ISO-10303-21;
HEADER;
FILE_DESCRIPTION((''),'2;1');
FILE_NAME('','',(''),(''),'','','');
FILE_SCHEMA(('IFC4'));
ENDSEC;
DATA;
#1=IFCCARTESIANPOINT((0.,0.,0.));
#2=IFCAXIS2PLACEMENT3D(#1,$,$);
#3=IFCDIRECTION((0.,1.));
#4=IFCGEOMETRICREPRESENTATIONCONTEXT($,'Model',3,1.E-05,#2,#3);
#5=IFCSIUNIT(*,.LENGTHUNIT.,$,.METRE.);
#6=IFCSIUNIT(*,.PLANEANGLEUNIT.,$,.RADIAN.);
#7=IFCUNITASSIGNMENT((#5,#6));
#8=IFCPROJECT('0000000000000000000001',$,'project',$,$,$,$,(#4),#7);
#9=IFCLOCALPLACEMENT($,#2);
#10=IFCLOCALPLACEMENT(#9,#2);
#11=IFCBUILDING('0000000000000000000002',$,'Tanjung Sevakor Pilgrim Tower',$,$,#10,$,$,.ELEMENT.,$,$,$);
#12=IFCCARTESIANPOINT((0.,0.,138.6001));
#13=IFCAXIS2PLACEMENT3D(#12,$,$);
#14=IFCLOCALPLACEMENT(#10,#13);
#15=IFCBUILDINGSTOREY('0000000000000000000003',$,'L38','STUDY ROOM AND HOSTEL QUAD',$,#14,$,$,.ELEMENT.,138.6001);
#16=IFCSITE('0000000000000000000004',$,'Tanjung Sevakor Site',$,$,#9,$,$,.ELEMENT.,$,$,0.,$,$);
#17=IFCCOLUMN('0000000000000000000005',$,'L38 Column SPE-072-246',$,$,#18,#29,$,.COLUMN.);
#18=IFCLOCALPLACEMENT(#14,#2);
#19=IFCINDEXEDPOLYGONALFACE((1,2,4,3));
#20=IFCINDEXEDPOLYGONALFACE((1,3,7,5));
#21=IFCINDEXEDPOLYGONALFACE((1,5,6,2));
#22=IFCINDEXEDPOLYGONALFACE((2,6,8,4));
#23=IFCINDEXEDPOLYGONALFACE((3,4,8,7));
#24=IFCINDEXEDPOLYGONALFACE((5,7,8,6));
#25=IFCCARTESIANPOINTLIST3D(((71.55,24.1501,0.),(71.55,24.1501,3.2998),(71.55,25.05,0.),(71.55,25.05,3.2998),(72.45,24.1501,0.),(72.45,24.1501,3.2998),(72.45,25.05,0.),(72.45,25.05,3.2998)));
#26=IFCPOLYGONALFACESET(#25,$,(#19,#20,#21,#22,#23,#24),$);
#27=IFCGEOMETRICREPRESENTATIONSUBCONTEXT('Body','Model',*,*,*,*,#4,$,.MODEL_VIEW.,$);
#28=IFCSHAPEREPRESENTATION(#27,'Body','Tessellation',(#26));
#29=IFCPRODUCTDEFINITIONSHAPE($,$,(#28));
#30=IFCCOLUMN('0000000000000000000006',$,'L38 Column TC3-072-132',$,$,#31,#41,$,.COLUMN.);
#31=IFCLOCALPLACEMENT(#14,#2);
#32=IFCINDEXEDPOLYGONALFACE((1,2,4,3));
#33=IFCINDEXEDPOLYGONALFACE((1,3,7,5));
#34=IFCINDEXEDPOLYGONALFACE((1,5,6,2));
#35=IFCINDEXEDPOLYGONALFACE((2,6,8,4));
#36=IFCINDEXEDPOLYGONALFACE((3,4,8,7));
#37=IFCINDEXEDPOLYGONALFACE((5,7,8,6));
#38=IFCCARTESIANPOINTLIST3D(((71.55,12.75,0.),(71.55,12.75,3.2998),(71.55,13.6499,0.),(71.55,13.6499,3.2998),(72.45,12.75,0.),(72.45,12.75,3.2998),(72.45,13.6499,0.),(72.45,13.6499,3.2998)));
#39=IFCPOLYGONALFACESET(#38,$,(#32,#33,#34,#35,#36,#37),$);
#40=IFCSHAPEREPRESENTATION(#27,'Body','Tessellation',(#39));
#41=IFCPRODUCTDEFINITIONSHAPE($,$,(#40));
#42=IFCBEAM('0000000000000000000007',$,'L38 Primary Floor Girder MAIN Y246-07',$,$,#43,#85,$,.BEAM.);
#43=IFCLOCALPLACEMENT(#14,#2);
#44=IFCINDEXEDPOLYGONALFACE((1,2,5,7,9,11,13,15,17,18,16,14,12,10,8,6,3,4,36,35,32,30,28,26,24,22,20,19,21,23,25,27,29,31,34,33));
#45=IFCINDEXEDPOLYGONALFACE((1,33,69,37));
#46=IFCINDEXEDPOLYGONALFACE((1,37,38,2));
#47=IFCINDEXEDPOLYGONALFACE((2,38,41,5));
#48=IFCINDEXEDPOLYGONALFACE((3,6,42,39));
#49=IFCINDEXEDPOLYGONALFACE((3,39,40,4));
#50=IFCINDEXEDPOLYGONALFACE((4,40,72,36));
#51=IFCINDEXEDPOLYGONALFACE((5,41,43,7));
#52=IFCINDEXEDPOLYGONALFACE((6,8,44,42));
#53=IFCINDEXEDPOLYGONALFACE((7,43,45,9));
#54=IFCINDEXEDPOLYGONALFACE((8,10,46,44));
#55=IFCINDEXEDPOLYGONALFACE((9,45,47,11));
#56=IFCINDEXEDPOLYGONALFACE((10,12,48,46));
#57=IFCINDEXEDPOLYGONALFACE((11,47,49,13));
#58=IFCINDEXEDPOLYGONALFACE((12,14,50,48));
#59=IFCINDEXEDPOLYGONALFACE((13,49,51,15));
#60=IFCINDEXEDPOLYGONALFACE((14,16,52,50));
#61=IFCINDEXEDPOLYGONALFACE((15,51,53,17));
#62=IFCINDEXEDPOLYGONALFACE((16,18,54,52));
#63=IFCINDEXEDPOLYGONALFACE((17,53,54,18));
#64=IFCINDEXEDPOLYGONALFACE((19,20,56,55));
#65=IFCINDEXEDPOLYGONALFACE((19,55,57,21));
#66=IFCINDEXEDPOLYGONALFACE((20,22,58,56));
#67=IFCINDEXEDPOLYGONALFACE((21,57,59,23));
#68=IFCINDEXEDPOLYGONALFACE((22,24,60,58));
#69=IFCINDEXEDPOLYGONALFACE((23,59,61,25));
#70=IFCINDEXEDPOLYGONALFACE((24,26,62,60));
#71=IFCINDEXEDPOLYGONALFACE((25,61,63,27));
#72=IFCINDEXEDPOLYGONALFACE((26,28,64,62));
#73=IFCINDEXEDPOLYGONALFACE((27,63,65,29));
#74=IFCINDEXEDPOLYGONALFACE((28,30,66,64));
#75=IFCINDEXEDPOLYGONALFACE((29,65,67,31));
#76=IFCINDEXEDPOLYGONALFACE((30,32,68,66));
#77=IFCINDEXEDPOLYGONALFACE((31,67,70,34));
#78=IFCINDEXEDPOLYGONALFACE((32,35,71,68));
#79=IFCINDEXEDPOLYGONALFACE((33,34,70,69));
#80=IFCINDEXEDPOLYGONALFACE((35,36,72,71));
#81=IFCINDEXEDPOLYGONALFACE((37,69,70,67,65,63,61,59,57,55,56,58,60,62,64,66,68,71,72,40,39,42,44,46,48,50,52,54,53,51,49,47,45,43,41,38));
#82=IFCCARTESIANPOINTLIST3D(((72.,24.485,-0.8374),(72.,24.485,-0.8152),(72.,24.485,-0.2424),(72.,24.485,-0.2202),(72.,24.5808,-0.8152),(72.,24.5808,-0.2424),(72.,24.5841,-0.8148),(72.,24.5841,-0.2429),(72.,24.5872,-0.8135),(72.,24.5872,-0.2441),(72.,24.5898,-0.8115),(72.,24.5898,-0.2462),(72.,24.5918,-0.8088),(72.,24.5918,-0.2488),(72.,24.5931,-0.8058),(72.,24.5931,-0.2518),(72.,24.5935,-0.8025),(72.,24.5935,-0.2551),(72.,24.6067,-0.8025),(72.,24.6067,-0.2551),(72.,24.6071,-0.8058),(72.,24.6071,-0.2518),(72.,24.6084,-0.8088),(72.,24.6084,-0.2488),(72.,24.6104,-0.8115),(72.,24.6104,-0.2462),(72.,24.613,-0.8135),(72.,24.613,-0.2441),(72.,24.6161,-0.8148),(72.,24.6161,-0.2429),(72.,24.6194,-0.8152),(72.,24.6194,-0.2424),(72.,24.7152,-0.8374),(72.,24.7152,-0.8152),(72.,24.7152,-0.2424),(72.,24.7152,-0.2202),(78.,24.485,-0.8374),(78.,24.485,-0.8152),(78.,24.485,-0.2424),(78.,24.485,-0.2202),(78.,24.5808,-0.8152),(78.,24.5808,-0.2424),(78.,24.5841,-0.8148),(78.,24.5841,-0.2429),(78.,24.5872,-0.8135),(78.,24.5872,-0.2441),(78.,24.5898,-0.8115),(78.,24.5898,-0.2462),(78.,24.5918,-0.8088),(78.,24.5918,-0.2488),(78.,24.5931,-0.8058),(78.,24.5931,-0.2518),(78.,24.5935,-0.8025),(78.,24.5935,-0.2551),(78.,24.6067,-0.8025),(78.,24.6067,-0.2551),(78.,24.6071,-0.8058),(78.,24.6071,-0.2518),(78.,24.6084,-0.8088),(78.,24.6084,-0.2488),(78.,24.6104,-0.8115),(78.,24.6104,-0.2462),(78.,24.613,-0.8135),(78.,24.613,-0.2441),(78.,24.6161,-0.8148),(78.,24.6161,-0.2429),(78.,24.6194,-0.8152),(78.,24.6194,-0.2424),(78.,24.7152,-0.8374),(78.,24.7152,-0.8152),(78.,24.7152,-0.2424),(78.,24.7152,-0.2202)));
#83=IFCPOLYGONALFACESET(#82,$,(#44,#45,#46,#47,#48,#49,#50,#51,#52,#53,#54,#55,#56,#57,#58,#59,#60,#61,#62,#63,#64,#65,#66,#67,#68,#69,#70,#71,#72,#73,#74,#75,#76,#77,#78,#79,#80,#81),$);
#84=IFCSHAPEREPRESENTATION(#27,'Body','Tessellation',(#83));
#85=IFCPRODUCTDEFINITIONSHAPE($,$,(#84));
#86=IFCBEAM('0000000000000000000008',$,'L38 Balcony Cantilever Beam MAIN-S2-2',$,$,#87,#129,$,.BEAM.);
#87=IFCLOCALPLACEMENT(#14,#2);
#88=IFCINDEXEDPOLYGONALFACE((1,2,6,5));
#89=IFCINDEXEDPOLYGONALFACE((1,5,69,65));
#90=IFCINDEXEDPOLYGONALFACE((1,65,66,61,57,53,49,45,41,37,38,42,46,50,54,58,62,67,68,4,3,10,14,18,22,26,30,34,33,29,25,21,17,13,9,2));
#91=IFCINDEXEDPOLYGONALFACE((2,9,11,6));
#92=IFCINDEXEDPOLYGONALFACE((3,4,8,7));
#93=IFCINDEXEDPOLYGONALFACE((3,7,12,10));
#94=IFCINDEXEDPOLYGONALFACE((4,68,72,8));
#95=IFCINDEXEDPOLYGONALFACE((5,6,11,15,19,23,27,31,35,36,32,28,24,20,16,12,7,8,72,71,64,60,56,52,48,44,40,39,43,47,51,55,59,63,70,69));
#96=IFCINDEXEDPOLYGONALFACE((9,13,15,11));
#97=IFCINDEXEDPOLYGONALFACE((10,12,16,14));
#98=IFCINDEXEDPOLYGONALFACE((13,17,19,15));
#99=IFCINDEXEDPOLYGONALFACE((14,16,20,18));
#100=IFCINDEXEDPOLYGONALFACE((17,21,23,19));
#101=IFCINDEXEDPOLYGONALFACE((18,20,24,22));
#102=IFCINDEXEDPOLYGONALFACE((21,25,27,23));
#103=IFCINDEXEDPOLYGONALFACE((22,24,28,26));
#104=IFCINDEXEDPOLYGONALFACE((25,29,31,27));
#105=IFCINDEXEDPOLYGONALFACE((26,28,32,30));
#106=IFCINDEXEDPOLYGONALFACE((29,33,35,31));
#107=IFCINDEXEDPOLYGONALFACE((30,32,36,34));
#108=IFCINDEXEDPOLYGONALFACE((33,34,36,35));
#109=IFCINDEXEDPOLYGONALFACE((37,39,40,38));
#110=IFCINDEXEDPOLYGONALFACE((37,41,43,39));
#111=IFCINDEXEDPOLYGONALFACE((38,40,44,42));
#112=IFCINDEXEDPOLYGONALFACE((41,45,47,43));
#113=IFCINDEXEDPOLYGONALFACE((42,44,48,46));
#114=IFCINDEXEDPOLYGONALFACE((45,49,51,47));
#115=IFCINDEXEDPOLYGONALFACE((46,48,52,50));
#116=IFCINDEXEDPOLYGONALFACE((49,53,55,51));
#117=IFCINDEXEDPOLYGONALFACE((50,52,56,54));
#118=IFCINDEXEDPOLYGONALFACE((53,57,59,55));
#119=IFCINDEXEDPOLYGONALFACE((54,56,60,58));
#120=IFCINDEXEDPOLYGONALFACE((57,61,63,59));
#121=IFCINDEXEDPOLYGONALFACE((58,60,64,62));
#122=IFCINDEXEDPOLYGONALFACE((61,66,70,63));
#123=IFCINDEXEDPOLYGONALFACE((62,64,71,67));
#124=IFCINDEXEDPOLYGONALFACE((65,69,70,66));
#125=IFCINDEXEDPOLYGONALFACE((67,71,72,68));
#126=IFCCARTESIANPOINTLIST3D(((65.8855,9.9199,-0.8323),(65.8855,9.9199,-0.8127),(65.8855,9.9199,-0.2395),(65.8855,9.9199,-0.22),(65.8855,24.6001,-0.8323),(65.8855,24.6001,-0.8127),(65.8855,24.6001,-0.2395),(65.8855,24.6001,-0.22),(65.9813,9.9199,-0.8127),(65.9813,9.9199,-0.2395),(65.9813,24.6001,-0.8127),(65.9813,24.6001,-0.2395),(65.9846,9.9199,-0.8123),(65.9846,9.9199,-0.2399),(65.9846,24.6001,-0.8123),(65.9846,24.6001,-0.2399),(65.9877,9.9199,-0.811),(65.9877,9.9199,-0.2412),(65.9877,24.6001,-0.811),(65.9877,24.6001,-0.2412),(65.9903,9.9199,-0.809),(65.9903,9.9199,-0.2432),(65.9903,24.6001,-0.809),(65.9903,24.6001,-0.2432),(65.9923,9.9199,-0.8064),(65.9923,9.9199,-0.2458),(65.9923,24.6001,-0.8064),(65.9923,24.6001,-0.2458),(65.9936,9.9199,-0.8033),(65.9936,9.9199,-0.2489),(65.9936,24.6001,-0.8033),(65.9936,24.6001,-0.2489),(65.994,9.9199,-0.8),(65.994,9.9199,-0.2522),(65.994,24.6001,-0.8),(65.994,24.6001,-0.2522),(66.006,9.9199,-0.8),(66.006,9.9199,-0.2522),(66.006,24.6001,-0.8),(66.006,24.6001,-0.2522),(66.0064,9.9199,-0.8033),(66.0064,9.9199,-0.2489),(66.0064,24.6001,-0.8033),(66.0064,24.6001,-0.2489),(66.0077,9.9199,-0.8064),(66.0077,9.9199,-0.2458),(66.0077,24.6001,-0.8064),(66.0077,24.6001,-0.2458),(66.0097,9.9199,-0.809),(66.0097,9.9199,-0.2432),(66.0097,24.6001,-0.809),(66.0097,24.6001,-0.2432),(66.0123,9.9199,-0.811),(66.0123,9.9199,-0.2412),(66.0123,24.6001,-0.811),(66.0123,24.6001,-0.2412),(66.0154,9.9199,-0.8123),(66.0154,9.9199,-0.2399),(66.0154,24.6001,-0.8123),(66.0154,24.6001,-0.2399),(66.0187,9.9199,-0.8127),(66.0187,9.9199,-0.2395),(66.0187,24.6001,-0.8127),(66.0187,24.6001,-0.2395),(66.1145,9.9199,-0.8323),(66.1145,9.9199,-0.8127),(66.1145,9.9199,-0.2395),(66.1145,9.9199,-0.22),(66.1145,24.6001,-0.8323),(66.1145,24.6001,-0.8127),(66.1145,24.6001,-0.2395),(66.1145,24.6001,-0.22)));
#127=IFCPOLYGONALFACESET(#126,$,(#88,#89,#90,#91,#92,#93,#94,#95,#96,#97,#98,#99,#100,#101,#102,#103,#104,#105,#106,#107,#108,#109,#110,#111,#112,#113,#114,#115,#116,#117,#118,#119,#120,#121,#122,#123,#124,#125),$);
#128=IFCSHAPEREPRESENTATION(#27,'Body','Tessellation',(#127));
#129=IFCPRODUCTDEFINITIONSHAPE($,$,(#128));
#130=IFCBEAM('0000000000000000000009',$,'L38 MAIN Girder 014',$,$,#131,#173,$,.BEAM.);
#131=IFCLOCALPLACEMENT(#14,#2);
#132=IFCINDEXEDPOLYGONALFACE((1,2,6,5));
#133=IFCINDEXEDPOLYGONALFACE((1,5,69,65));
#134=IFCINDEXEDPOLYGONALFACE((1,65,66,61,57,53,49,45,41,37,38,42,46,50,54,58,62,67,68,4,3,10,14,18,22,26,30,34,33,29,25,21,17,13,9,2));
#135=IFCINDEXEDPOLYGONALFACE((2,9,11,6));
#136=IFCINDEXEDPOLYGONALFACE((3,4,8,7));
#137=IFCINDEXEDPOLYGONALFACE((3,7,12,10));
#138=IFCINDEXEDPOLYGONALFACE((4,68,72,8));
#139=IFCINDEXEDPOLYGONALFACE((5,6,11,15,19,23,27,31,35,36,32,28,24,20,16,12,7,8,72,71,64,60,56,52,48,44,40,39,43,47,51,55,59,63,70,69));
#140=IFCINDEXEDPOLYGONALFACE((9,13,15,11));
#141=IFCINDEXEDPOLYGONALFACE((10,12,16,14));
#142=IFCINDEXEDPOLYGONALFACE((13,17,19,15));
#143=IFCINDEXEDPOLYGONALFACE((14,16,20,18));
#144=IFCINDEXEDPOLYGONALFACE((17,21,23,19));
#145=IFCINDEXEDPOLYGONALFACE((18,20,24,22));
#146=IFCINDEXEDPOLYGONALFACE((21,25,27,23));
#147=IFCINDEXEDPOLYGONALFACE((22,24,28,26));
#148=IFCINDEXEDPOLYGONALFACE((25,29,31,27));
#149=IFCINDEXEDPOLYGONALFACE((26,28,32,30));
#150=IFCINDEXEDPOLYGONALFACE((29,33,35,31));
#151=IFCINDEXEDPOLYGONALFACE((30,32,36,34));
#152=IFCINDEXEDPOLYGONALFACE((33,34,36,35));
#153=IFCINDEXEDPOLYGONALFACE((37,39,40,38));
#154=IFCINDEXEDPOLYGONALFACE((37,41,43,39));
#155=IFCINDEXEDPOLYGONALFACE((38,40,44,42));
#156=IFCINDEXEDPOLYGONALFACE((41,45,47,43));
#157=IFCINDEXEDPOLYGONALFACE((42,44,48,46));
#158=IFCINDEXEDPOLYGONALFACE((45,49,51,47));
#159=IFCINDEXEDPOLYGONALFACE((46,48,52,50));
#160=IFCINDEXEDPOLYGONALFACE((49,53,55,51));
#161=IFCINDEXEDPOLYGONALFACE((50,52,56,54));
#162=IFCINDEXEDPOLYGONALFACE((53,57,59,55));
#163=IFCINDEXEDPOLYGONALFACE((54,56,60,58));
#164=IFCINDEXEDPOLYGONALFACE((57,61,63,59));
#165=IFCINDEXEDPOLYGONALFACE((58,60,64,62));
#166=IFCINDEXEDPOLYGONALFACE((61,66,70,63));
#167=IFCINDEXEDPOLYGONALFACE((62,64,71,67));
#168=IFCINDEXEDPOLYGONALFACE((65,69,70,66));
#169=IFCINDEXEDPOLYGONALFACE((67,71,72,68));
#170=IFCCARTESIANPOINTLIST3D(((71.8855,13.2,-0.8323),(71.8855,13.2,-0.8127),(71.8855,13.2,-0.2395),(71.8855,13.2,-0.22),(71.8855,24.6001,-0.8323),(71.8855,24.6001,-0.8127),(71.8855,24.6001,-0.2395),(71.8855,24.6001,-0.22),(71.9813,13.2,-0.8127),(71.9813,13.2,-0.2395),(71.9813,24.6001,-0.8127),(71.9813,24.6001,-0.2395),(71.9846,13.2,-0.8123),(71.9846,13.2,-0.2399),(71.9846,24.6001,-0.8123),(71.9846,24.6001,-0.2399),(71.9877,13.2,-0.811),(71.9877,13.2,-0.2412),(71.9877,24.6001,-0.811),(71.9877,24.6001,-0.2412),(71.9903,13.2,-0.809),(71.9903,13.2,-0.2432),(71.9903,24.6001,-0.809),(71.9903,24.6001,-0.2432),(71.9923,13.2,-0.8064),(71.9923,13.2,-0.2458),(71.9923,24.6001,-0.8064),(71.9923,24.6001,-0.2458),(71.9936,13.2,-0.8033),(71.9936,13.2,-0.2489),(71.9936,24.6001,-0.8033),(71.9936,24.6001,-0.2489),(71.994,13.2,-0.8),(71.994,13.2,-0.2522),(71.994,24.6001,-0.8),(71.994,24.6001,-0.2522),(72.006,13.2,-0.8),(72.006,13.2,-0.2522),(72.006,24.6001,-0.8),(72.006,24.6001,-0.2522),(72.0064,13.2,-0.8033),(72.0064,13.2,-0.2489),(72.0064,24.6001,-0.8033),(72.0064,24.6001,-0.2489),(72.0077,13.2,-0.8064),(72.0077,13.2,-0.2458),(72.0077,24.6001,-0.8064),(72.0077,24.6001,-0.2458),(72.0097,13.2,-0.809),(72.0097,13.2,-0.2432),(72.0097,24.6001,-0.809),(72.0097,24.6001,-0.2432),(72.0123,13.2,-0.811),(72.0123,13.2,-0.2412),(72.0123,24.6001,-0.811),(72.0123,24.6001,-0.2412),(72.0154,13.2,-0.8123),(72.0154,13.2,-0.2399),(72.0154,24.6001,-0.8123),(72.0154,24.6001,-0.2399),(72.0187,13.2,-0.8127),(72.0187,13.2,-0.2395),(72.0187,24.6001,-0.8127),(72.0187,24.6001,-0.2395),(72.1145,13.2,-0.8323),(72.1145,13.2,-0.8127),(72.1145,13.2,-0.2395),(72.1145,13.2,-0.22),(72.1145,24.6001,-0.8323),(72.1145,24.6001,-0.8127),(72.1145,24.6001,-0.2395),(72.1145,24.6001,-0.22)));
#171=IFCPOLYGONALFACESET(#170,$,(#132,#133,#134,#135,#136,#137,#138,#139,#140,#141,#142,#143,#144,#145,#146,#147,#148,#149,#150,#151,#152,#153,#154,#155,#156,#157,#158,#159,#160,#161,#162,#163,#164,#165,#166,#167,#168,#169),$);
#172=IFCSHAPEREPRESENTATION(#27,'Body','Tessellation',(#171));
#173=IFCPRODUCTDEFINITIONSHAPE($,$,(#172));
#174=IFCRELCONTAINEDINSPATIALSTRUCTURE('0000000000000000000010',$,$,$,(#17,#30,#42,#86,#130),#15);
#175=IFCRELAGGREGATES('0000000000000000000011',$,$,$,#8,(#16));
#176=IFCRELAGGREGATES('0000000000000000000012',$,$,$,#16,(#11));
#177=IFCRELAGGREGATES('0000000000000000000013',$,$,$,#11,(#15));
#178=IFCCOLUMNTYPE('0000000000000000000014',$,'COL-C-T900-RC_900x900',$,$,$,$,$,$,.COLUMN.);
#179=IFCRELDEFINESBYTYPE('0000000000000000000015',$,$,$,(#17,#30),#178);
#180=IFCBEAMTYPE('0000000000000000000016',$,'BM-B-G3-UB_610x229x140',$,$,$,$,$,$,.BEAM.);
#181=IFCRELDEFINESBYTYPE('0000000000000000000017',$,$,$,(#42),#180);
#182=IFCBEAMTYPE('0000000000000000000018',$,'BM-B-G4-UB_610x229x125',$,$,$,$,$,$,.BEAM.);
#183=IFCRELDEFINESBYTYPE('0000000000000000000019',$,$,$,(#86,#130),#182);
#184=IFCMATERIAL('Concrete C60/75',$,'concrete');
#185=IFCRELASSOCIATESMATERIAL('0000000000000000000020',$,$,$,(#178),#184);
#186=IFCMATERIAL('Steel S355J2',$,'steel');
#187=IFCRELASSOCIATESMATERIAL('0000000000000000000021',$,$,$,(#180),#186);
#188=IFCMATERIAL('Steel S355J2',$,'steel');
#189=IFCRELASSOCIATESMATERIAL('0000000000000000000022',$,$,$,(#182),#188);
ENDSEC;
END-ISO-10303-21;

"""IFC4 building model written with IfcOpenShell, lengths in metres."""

from ifc_helpers import new_model, si_unit, direction, frame, origin, origin_2d, place, context, subcontext, project, spatial, rectangle, i_section, extrude, material, material_profile, profile_set, type_object, element, save


model = new_model("IFC4")

# Units and contexts
model_context = context("Model", 3, precision=1e-05, world=origin(), true_north=direction((0.0, 1.0)))
body_context = subcontext(model_context, "Body", "Model", "MODEL_VIEW")
ifc_project = project(units=[si_unit("LENGTHUNIT", "METRE"), si_unit("PLANEANGLEUNIT", "RADIAN")], contexts=[model_context])

# Site, building, storey
site_placement = place(None, origin())
site = spatial("IfcSite", under=ifc_project, at=site_placement, Name="Tanjung Sevakor Site", CompositionType="ELEMENT", RefElevation=0.0)
building_placement = place(site_placement, origin())
building = spatial("IfcBuilding", under=site, at=building_placement, Name="Tanjung Sevakor Pilgrim Tower", CompositionType="ELEMENT")
storey_placement = place(building_placement, frame((0.0, 0.0, 138.6001)))
storey = spatial("IfcBuildingStorey", under=building, at=storey_placement, Name="L38", Description="STUDY ROOM AND HOSTEL QUAD", CompositionType="ELEMENT", Elevation=138.6001)

# Columns
ifc_material_1 = material(Name="Concrete C60/75", Category="concrete")
ifc_material_profile_1 = material_profile(ifc_material_1, rectangle(XDim=0.8999, YDim=0.8999, at=origin_2d()))
ifc_profile_set_1 = profile_set([ifc_material_profile_1], Name="Concrete C60/75")
column_type = type_object("IfcColumnType", Name="COL-C-T900-RC_900x900", PredefinedType="COLUMN", material=ifc_profile_set_1)
for number, where, z_axis, x_axis, name in (
    (1, (72.0, 24.6001, 0.0), (0.0, 0.0, 1.0), (1.0, 0.0, 0.0), "L38 Column SPE-072-246"),
    (2, (72.0, 13.2, 0.0), (0.0, 0.0, 1.0), (1.0, 0.0, 0.0), "L38 Column TC3-072-132"),
):
    element("IfcColumn", number, at=place(storey_placement, frame(where, z_axis=z_axis, x_axis=x_axis)), inside=storey, type_object=column_type, Name=name, PredefinedType="COLUMN", context=body_context, shape_type="SweptSolid", body=[
        extrude(rectangle(XDim=0.8999, YDim=0.8999, at=origin_2d()), origin(), (0.0, 0.0, 1.0), 3.2998),
    ])

# Beams
ifc_material_2 = material(Name="Steel S355J2", Category="steel")
ifc_material_profile_2 = material_profile(ifc_material_2, i_section(OverallWidth=0.2302, OverallDepth=0.6172, WebThickness=0.0132, FlangeThickness=0.0222, FilletRadius=0.0127, at=origin_2d()))
ifc_profile_set_2 = profile_set([ifc_material_profile_2], Name="Steel S355J2")
beam_type_1 = type_object("IfcBeamType", Name="BM-B-G3-UB_610x229x140", PredefinedType="BEAM", material=ifc_profile_set_2)
beam_1_placement = place(storey_placement, frame((72.0, 24.6001, -0.5288), z_axis=(1.0, 0.0, 0.0), x_axis=(0.0, 1.0, 0.0)))
element("IfcBeam", 3, at=beam_1_placement, inside=storey, type_object=beam_type_1, Name="L38 Primary Floor Girder MAIN Y246-07", PredefinedType="BEAM", context=body_context, shape_type="SweptSolid", body=[
    extrude(i_section(OverallWidth=0.2302, OverallDepth=0.6172, WebThickness=0.0132, FlangeThickness=0.0222, FilletRadius=0.0127, at=origin_2d()), origin(), (0.0, 0.0, 1.0), 6.0),
])
ifc_material_3 = material(Name="Steel S355J2", Category="steel")
ifc_material_profile_3 = material_profile(ifc_material_3, i_section(OverallWidth=0.229, OverallDepth=0.6123, WebThickness=0.012, FlangeThickness=0.0195, FilletRadius=0.0127, at=origin_2d()))
ifc_profile_set_3 = profile_set([ifc_material_profile_3], Name="Steel S355J2")
beam_type_2 = type_object("IfcBeamType", Name="BM-B-G4-UB_610x229x125", PredefinedType="BEAM", material=ifc_profile_set_3)
beam_2_placement = place(storey_placement, frame((66.0, 24.6001, -0.5261), z_axis=(0.0, -1.0, 0.0), x_axis=(1.0, 0.0, 0.0)))
element("IfcBeam", 4, at=beam_2_placement, inside=storey, type_object=beam_type_2, Name="L38 Balcony Cantilever Beam MAIN-S2-2", PredefinedType="BEAM", context=body_context, shape_type="SweptSolid", body=[
    extrude(i_section(OverallWidth=0.229, OverallDepth=0.6123, WebThickness=0.012, FlangeThickness=0.0195, FilletRadius=0.0127, at=origin_2d()), origin(), (0.0, 0.0, 1.0), 14.6802),
])
beam_3_placement = place(storey_placement, frame((72.0, 13.2, -0.5261), z_axis=(0.0, 1.0, 0.0), x_axis=(-1.0, 0.0, 0.0)))
element("IfcBeam", 5, at=beam_3_placement, inside=storey, type_object=beam_type_2, Name="L38 MAIN Girder 014", PredefinedType="BEAM", context=body_context, shape_type="SweptSolid", body=[
    extrude(i_section(OverallWidth=0.229, OverallDepth=0.6123, WebThickness=0.012, FlangeThickness=0.0195, FilletRadius=0.0127, at=origin_2d()), origin(), (0.0, 0.0, 1.0), 11.4001),
])

save(model, "model.ifc")
